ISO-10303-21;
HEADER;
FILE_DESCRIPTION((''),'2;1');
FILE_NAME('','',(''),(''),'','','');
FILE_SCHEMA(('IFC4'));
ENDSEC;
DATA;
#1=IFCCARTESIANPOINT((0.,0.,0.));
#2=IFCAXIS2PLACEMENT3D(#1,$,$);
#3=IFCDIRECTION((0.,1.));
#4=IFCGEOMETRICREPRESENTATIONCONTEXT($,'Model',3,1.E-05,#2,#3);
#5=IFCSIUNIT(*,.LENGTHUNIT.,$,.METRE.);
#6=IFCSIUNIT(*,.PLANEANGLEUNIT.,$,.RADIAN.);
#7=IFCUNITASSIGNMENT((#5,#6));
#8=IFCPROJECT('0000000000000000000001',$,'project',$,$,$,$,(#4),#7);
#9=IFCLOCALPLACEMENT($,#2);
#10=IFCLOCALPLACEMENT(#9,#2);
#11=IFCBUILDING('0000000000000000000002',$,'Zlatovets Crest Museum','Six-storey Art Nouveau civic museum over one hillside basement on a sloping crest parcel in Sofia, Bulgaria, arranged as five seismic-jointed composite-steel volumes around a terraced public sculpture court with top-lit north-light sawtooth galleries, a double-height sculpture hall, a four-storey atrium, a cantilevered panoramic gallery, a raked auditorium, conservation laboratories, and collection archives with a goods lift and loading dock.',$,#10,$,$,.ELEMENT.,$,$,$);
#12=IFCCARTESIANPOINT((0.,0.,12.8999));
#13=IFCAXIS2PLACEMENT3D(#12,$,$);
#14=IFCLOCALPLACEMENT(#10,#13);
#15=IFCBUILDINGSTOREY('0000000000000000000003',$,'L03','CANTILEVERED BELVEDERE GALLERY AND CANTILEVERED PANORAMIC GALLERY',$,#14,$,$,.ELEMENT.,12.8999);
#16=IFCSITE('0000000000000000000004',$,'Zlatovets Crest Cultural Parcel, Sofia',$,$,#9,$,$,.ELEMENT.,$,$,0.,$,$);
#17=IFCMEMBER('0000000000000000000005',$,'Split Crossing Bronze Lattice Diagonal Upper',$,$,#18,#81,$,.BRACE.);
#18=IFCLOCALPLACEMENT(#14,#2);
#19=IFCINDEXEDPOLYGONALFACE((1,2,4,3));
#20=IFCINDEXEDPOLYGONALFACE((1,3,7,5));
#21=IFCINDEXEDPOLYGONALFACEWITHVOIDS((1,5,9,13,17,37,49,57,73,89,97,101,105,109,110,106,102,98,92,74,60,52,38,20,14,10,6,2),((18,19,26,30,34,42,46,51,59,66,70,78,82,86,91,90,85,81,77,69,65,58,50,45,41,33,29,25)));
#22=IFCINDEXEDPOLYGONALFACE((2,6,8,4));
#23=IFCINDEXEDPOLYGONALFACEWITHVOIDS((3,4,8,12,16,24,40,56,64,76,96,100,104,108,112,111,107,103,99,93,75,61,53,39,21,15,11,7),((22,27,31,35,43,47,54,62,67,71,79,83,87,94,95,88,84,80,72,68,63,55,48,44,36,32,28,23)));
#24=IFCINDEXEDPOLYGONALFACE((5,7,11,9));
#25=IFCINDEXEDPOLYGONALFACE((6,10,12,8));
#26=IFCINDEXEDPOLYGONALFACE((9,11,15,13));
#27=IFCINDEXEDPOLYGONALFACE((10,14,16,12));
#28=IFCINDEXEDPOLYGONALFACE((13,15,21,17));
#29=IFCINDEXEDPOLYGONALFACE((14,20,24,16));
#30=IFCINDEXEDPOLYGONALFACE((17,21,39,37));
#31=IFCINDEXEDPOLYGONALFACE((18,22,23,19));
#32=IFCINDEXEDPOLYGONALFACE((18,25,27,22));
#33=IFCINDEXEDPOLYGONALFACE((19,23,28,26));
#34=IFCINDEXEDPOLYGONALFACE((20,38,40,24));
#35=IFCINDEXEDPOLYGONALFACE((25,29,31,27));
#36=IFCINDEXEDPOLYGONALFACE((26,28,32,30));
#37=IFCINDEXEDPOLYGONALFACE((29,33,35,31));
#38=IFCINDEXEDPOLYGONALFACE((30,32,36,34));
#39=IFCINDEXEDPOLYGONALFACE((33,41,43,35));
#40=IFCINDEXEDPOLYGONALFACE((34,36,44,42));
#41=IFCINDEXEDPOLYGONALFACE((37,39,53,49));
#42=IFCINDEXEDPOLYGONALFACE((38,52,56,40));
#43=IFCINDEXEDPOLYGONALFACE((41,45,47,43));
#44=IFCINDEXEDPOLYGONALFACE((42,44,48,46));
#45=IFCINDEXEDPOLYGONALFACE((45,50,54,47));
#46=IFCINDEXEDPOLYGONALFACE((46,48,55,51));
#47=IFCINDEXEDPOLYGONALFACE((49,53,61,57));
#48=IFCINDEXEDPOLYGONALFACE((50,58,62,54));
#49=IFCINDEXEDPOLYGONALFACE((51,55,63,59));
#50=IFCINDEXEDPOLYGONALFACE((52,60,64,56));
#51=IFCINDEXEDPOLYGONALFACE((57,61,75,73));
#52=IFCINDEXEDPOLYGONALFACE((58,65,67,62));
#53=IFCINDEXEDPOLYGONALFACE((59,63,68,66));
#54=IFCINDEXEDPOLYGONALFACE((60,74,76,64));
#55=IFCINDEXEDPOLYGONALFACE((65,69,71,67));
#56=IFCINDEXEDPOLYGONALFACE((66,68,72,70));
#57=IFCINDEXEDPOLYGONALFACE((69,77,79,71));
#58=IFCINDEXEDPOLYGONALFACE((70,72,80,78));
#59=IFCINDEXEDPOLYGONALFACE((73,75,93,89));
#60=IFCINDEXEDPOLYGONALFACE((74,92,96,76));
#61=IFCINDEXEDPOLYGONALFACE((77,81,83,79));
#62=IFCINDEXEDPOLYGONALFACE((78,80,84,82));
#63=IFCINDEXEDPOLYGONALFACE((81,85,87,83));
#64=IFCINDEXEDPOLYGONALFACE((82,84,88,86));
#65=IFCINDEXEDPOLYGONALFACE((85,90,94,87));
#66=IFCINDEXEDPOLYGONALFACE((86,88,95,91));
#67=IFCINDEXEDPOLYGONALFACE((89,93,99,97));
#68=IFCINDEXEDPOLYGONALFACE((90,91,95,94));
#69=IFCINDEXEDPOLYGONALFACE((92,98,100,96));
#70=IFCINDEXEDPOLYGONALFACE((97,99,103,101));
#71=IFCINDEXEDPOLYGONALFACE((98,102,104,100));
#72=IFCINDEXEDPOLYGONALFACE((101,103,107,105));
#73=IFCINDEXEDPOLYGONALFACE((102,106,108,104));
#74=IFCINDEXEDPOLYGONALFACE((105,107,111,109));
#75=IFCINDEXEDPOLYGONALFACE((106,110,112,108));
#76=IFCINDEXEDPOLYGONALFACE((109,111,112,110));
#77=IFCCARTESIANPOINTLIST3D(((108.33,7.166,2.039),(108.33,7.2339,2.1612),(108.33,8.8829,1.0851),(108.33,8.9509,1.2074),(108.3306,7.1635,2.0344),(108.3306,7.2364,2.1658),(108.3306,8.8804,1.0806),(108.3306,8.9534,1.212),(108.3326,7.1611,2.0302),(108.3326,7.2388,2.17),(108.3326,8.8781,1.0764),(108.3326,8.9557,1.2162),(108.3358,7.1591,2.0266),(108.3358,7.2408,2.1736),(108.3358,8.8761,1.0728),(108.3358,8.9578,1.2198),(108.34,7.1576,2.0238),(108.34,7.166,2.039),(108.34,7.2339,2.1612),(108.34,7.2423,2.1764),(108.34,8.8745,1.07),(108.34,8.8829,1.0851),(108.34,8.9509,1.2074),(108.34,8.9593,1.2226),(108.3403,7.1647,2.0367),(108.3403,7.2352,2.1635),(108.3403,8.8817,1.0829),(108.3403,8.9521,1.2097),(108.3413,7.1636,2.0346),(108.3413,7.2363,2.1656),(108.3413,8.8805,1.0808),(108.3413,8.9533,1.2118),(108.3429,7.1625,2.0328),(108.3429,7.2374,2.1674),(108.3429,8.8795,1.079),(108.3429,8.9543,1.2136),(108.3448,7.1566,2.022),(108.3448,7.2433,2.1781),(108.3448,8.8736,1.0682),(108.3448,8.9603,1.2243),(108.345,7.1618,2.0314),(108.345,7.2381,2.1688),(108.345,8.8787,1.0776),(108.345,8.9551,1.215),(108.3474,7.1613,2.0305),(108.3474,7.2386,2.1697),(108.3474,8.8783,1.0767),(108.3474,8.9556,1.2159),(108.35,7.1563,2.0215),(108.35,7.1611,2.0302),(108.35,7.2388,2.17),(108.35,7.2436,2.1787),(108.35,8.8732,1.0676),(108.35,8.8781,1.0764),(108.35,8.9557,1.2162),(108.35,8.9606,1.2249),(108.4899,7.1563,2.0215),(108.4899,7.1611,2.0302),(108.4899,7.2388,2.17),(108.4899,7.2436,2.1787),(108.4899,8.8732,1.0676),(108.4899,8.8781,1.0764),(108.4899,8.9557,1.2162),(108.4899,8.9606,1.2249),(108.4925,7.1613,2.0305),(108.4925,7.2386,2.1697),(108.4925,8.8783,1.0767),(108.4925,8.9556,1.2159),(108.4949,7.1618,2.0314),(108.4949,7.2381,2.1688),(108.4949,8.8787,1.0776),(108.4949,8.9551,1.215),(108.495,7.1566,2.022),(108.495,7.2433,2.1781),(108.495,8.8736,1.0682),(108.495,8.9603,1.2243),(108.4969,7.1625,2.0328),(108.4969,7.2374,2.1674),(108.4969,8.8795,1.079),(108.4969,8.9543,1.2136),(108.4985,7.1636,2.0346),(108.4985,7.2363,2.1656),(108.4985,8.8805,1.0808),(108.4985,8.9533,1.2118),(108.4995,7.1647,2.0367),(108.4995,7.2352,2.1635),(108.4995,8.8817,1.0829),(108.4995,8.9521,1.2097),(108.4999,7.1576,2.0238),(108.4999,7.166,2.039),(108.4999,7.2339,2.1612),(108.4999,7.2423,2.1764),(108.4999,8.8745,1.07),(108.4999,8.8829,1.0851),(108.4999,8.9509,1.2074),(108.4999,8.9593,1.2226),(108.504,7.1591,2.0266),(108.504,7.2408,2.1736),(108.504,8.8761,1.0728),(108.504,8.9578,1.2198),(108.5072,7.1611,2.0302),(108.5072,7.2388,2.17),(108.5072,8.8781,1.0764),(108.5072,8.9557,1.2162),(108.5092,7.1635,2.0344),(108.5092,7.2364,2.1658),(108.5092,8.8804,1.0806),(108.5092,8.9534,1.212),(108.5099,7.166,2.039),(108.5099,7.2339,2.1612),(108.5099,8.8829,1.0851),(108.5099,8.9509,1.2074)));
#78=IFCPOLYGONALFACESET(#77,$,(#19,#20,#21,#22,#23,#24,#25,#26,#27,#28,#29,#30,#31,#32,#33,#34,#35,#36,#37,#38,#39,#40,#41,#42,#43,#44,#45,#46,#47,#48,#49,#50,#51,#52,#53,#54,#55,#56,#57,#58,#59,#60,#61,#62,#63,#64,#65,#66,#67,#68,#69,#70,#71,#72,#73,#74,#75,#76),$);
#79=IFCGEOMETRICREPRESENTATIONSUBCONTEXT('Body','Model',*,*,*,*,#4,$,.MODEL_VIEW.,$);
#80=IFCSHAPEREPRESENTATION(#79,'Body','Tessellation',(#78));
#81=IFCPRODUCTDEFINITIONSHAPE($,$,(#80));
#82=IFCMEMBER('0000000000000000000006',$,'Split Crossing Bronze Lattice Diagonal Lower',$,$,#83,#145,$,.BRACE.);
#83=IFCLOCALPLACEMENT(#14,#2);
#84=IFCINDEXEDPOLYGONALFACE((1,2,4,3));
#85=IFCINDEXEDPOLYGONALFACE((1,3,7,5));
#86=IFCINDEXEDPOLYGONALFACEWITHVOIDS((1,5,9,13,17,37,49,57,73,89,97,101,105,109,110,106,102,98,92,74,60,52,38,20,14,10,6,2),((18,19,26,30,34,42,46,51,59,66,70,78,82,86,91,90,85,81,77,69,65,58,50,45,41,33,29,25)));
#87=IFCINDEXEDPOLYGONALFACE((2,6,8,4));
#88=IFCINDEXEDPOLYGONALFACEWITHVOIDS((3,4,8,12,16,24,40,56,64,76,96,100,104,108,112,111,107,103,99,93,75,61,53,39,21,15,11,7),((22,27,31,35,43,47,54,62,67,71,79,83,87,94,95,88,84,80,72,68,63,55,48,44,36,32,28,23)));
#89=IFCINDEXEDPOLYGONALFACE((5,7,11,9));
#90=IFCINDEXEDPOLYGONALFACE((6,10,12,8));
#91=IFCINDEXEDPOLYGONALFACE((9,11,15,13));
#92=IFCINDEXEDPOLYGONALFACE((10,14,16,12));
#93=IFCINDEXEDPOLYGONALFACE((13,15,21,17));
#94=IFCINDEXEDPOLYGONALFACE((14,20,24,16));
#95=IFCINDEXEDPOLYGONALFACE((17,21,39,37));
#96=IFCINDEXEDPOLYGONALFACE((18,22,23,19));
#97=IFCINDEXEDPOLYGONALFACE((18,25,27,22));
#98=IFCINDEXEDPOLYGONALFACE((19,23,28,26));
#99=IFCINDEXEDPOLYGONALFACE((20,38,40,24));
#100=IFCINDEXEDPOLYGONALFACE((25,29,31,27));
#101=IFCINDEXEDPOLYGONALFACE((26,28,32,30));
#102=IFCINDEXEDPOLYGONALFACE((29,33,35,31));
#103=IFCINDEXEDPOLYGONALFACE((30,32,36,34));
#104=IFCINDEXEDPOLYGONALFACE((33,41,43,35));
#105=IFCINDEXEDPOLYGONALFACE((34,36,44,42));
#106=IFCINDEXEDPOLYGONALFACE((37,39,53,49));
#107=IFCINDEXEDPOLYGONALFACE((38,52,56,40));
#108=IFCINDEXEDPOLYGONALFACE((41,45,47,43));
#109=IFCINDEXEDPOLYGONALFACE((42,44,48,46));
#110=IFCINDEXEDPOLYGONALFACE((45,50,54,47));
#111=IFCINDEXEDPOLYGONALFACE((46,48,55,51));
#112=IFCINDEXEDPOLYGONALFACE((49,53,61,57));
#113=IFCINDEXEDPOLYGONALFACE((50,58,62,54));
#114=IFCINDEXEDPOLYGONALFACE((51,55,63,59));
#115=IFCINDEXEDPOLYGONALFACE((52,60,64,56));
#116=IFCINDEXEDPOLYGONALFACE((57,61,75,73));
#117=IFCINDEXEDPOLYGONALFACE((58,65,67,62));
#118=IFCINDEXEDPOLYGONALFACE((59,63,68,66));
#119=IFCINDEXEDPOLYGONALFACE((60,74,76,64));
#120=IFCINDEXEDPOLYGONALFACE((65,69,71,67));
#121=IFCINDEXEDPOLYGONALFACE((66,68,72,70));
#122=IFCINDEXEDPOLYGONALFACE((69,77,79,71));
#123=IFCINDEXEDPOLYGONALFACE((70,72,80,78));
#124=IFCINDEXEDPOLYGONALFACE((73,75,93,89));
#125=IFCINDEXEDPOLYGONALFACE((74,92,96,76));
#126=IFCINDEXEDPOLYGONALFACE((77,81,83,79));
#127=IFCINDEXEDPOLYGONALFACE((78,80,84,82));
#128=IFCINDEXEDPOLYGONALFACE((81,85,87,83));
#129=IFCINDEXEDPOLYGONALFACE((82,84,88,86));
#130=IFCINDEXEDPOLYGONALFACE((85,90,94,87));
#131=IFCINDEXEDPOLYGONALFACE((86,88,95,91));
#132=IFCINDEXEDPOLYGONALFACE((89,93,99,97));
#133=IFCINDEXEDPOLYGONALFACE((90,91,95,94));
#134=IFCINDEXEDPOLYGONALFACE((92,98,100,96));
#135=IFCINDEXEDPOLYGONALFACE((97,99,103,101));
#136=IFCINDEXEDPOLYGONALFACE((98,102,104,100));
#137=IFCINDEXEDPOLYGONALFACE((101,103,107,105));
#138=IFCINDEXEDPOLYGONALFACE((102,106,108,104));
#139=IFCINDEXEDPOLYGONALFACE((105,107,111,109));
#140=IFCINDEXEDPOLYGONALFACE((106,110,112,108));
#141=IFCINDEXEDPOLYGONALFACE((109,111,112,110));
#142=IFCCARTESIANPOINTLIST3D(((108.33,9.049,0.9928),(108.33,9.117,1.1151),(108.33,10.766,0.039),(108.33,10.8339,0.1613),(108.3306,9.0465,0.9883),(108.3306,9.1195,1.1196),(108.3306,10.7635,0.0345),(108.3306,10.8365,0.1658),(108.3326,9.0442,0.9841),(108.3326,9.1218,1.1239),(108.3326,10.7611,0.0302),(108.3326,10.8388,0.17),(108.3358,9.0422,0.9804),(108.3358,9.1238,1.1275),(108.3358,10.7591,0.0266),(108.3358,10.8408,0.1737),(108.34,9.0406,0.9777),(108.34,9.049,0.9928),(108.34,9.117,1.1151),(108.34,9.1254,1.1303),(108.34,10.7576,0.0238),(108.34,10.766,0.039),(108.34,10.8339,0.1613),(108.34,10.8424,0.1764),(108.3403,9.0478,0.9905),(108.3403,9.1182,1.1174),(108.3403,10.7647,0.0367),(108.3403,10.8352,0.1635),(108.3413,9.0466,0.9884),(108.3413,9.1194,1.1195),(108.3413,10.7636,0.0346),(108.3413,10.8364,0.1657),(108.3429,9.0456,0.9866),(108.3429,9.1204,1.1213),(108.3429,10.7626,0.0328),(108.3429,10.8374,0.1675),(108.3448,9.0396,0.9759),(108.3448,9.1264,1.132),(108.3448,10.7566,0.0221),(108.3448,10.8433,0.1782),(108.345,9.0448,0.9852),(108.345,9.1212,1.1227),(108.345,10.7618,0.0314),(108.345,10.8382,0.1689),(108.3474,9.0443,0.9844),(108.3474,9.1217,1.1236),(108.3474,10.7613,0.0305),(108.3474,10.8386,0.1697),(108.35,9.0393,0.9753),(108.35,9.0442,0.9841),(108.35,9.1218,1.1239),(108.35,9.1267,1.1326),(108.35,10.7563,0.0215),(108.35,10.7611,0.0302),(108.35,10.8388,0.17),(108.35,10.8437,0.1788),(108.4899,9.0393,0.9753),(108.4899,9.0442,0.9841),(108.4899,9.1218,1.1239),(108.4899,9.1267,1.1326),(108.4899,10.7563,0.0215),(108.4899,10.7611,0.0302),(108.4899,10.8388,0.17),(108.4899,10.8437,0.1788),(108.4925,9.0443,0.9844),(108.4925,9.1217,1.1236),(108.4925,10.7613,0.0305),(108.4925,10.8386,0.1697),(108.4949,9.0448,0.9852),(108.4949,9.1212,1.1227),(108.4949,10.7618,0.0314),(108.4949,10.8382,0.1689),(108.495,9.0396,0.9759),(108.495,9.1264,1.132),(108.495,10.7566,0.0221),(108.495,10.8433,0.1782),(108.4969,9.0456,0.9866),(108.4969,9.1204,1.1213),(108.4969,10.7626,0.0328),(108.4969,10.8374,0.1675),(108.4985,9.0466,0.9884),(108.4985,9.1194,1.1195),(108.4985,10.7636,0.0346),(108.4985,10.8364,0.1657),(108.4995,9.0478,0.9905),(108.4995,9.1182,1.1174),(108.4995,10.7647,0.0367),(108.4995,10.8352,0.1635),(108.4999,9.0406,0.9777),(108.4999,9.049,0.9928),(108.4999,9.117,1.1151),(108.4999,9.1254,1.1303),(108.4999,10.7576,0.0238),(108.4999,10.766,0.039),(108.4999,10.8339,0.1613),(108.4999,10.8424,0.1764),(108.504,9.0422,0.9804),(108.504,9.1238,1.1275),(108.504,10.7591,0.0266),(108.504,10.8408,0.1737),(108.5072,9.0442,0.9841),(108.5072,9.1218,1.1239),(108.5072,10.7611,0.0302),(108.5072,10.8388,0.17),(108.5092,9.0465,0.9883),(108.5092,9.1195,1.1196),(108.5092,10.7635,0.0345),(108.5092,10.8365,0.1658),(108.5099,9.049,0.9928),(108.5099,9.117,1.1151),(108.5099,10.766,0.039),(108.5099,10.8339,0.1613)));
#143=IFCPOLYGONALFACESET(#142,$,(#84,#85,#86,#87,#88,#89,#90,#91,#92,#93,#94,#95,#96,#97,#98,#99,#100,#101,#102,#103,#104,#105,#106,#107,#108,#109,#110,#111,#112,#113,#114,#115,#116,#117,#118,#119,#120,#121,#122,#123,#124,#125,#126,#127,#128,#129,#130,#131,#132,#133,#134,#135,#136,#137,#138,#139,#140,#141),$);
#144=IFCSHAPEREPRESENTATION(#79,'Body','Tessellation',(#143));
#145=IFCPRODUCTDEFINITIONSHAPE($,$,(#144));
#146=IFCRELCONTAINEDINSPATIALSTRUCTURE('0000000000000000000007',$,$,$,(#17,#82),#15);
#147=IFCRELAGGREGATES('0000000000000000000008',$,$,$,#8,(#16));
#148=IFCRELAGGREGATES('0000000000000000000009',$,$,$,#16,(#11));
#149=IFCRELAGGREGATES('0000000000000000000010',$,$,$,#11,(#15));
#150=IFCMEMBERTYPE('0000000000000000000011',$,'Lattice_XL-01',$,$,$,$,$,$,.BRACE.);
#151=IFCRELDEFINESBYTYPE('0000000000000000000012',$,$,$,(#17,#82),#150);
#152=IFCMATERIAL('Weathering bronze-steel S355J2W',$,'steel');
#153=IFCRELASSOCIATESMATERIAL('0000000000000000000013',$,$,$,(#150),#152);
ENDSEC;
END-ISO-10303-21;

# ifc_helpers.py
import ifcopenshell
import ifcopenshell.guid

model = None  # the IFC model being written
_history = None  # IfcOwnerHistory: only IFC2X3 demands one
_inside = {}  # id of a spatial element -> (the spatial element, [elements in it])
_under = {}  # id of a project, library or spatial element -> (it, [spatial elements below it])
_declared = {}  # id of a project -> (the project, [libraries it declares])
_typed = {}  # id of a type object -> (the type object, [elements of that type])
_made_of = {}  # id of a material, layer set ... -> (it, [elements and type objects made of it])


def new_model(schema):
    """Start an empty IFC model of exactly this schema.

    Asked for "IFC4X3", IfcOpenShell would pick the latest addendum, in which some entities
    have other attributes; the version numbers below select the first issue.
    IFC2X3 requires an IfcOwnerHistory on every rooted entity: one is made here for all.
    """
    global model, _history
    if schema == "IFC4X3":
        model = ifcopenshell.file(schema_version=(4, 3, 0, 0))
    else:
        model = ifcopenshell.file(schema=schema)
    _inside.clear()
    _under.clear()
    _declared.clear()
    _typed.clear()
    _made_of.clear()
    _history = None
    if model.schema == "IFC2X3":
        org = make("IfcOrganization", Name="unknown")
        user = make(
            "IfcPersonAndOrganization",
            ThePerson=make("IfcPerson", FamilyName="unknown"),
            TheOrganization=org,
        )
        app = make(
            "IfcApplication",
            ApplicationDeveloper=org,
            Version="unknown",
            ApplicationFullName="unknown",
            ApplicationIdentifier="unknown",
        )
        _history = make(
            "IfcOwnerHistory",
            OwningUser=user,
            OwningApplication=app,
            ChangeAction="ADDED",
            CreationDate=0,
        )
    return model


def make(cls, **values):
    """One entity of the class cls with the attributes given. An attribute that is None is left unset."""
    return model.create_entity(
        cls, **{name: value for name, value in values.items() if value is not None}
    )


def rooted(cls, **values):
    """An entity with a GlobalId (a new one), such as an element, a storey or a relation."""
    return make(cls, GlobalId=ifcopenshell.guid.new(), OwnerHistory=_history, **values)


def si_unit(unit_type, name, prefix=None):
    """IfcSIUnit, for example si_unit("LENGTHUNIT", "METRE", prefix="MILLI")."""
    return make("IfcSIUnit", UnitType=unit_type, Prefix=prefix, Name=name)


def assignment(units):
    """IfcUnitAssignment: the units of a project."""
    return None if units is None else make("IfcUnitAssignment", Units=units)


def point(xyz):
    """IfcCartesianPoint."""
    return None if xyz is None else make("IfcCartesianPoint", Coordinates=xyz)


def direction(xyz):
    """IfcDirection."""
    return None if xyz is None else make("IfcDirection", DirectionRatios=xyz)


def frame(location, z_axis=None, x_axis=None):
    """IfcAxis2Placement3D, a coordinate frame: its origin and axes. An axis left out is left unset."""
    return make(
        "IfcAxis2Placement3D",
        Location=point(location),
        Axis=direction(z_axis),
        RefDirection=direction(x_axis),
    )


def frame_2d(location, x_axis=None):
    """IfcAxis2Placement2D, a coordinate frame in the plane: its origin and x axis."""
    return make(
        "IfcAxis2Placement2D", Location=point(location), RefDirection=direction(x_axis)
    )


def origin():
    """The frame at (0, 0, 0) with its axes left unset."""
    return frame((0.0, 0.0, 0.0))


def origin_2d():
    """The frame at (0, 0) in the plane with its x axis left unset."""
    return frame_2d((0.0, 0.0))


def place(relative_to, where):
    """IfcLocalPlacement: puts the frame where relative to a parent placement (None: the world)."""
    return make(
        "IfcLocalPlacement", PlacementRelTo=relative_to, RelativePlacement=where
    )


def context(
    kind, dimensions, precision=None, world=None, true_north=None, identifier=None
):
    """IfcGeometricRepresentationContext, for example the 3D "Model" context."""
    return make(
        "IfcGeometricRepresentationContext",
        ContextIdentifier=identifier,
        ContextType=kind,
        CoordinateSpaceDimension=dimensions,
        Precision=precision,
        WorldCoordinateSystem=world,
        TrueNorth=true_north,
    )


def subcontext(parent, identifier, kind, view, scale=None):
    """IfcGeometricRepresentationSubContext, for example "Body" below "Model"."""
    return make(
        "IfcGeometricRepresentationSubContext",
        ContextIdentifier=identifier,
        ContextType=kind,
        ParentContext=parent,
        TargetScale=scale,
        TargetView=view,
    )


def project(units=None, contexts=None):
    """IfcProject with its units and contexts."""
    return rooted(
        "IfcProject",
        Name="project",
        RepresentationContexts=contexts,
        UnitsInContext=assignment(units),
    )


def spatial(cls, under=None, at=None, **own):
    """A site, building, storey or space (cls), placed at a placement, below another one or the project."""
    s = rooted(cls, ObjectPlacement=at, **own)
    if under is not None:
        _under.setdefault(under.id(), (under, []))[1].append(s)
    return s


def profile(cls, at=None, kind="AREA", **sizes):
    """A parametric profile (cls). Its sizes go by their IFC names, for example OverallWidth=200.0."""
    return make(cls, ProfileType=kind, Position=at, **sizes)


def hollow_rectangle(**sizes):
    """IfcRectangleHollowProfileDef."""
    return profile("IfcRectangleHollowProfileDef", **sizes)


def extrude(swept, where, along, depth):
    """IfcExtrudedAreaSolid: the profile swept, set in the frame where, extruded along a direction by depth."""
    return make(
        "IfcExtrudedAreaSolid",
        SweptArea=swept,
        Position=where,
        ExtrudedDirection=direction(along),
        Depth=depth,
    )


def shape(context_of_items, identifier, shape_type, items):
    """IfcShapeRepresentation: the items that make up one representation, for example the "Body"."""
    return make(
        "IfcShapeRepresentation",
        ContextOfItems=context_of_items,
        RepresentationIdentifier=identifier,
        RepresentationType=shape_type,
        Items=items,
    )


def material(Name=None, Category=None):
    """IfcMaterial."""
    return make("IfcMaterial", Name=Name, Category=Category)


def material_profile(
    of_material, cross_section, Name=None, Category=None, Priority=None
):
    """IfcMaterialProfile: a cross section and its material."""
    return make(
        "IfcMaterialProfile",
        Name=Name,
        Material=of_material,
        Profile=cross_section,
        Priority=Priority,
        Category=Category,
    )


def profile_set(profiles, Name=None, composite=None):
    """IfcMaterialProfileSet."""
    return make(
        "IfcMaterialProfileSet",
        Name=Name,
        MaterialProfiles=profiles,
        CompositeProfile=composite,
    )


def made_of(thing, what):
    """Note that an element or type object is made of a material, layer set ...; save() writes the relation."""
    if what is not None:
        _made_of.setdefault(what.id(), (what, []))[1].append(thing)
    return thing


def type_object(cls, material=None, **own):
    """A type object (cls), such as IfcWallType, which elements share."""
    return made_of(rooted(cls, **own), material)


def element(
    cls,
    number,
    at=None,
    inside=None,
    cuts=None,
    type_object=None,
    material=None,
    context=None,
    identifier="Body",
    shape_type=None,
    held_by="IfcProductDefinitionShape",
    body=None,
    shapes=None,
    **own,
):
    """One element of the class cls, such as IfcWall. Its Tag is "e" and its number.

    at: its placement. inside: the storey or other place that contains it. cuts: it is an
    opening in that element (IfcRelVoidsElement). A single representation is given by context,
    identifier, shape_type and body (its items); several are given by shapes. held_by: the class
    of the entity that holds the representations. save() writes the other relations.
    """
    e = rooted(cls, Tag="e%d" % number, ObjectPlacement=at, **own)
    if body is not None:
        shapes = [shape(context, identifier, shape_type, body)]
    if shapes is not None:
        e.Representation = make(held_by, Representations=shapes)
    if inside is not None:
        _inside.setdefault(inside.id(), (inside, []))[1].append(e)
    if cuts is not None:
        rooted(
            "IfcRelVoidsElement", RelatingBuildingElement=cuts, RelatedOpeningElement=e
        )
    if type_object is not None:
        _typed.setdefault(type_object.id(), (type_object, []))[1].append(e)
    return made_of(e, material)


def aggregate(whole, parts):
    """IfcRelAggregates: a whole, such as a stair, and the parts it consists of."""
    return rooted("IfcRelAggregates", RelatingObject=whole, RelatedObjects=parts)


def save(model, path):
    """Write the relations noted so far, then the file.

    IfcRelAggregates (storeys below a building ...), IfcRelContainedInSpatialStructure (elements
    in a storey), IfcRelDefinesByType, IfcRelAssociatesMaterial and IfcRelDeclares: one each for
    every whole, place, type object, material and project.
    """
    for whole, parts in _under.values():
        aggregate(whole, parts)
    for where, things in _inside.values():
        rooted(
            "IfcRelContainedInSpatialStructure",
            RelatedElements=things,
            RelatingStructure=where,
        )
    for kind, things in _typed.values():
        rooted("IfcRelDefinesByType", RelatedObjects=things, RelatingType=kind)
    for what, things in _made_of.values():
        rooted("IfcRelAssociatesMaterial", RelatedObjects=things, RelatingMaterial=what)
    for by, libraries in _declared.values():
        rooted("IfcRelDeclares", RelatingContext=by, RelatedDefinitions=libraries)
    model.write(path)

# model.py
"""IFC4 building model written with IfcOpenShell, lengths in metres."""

from ifc_helpers import new_model, si_unit, direction, frame, origin, origin_2d, place, context, subcontext, project, spatial, hollow_rectangle, extrude, material, material_profile, profile_set, type_object, element, save


model = new_model("IFC4")

# Units and contexts
model_context = context("Model", 3, precision=1e-05, world=origin(), true_north=direction((0.0, 1.0)))
body_context = subcontext(model_context, "Body", "Model", "MODEL_VIEW")
ifc_project = project(units=[si_unit("LENGTHUNIT", "METRE"), si_unit("PLANEANGLEUNIT", "RADIAN")], contexts=[model_context])

# Site, building, storey
site_placement = place(None, origin())
site = spatial("IfcSite", under=ifc_project, at=site_placement, Name="Zlatovets Crest Cultural Parcel, Sofia", CompositionType="ELEMENT", RefElevation=0.0)
building_placement = place(site_placement, origin())
building = spatial("IfcBuilding", under=site, at=building_placement, Name="Zlatovets Crest Museum", Description="Six-storey Art Nouveau civic museum over one hillside basement on a sloping crest parcel in Sofia, Bulgaria, arranged as five seismic-jointed composite-steel volumes around a terraced public sculpture court with top-lit north-light sawtooth galleries, a double-height sculpture hall, a four-storey atrium, a cantilevered panoramic gallery, a raked auditorium, conservation laboratories, and collection archives with a goods lift and loading dock.", CompositionType="ELEMENT")
storey_placement = place(building_placement, frame((0.0, 0.0, 12.8999)))
storey = spatial("IfcBuildingStorey", under=building, at=storey_placement, Name="L03", Description="CANTILEVERED BELVEDERE GALLERY AND CANTILEVERED PANORAMIC GALLERY", CompositionType="ELEMENT", Elevation=12.8999)

# Members
ifc_material_1 = material(Name="Weathering bronze-steel S355J2W", Category="steel")
ifc_material_profile_1 = material_profile(ifc_material_1, hollow_rectangle(XDim=0.1799, YDim=0.1799, WallThickness=0.01, InnerFilletRadius=0.01, OuterFilletRadius=0.02, at=origin_2d()), Name="SHS 180x180x10.0")
ifc_profile_set_1 = profile_set([ifc_material_profile_1], Name="Weathering bronze-steel S355J2W")
member_type_1 = type_object("IfcMemberType", Name="Lattice_XL-01", PredefinedType="BRACE", material=ifc_profile_set_1)
for number, where, z_axis, x_axis, name in (
    (1, (108.4199, 7.2, 2.1001), (0.0, 0.874169, -0.485622), (-1.0, 0.0, 0.0), "Split Crossing Bronze Lattice Diagonal Upper"),
    (2, (108.4199, 9.083, 1.054), (0.0, 0.874169, -0.485622), (-1.0, 0.0, 0.0), "Split Crossing Bronze Lattice Diagonal Lower"),
):
    element("IfcMember", number, at=place(storey_placement, frame(where, z_axis=z_axis, x_axis=x_axis)), inside=storey, type_object=member_type_1, Name=name, PredefinedType="BRACE", context=body_context, shape_type="SweptSolid", body=[
        extrude(hollow_rectangle(XDim=0.1799, YDim=0.1799, WallThickness=0.01, InnerFilletRadius=0.01, OuterFilletRadius=0.02, at=origin_2d()), origin(), (0.0, 0.0, 1.0), 1.9641),
    ])

save(model, "model.ifc")
